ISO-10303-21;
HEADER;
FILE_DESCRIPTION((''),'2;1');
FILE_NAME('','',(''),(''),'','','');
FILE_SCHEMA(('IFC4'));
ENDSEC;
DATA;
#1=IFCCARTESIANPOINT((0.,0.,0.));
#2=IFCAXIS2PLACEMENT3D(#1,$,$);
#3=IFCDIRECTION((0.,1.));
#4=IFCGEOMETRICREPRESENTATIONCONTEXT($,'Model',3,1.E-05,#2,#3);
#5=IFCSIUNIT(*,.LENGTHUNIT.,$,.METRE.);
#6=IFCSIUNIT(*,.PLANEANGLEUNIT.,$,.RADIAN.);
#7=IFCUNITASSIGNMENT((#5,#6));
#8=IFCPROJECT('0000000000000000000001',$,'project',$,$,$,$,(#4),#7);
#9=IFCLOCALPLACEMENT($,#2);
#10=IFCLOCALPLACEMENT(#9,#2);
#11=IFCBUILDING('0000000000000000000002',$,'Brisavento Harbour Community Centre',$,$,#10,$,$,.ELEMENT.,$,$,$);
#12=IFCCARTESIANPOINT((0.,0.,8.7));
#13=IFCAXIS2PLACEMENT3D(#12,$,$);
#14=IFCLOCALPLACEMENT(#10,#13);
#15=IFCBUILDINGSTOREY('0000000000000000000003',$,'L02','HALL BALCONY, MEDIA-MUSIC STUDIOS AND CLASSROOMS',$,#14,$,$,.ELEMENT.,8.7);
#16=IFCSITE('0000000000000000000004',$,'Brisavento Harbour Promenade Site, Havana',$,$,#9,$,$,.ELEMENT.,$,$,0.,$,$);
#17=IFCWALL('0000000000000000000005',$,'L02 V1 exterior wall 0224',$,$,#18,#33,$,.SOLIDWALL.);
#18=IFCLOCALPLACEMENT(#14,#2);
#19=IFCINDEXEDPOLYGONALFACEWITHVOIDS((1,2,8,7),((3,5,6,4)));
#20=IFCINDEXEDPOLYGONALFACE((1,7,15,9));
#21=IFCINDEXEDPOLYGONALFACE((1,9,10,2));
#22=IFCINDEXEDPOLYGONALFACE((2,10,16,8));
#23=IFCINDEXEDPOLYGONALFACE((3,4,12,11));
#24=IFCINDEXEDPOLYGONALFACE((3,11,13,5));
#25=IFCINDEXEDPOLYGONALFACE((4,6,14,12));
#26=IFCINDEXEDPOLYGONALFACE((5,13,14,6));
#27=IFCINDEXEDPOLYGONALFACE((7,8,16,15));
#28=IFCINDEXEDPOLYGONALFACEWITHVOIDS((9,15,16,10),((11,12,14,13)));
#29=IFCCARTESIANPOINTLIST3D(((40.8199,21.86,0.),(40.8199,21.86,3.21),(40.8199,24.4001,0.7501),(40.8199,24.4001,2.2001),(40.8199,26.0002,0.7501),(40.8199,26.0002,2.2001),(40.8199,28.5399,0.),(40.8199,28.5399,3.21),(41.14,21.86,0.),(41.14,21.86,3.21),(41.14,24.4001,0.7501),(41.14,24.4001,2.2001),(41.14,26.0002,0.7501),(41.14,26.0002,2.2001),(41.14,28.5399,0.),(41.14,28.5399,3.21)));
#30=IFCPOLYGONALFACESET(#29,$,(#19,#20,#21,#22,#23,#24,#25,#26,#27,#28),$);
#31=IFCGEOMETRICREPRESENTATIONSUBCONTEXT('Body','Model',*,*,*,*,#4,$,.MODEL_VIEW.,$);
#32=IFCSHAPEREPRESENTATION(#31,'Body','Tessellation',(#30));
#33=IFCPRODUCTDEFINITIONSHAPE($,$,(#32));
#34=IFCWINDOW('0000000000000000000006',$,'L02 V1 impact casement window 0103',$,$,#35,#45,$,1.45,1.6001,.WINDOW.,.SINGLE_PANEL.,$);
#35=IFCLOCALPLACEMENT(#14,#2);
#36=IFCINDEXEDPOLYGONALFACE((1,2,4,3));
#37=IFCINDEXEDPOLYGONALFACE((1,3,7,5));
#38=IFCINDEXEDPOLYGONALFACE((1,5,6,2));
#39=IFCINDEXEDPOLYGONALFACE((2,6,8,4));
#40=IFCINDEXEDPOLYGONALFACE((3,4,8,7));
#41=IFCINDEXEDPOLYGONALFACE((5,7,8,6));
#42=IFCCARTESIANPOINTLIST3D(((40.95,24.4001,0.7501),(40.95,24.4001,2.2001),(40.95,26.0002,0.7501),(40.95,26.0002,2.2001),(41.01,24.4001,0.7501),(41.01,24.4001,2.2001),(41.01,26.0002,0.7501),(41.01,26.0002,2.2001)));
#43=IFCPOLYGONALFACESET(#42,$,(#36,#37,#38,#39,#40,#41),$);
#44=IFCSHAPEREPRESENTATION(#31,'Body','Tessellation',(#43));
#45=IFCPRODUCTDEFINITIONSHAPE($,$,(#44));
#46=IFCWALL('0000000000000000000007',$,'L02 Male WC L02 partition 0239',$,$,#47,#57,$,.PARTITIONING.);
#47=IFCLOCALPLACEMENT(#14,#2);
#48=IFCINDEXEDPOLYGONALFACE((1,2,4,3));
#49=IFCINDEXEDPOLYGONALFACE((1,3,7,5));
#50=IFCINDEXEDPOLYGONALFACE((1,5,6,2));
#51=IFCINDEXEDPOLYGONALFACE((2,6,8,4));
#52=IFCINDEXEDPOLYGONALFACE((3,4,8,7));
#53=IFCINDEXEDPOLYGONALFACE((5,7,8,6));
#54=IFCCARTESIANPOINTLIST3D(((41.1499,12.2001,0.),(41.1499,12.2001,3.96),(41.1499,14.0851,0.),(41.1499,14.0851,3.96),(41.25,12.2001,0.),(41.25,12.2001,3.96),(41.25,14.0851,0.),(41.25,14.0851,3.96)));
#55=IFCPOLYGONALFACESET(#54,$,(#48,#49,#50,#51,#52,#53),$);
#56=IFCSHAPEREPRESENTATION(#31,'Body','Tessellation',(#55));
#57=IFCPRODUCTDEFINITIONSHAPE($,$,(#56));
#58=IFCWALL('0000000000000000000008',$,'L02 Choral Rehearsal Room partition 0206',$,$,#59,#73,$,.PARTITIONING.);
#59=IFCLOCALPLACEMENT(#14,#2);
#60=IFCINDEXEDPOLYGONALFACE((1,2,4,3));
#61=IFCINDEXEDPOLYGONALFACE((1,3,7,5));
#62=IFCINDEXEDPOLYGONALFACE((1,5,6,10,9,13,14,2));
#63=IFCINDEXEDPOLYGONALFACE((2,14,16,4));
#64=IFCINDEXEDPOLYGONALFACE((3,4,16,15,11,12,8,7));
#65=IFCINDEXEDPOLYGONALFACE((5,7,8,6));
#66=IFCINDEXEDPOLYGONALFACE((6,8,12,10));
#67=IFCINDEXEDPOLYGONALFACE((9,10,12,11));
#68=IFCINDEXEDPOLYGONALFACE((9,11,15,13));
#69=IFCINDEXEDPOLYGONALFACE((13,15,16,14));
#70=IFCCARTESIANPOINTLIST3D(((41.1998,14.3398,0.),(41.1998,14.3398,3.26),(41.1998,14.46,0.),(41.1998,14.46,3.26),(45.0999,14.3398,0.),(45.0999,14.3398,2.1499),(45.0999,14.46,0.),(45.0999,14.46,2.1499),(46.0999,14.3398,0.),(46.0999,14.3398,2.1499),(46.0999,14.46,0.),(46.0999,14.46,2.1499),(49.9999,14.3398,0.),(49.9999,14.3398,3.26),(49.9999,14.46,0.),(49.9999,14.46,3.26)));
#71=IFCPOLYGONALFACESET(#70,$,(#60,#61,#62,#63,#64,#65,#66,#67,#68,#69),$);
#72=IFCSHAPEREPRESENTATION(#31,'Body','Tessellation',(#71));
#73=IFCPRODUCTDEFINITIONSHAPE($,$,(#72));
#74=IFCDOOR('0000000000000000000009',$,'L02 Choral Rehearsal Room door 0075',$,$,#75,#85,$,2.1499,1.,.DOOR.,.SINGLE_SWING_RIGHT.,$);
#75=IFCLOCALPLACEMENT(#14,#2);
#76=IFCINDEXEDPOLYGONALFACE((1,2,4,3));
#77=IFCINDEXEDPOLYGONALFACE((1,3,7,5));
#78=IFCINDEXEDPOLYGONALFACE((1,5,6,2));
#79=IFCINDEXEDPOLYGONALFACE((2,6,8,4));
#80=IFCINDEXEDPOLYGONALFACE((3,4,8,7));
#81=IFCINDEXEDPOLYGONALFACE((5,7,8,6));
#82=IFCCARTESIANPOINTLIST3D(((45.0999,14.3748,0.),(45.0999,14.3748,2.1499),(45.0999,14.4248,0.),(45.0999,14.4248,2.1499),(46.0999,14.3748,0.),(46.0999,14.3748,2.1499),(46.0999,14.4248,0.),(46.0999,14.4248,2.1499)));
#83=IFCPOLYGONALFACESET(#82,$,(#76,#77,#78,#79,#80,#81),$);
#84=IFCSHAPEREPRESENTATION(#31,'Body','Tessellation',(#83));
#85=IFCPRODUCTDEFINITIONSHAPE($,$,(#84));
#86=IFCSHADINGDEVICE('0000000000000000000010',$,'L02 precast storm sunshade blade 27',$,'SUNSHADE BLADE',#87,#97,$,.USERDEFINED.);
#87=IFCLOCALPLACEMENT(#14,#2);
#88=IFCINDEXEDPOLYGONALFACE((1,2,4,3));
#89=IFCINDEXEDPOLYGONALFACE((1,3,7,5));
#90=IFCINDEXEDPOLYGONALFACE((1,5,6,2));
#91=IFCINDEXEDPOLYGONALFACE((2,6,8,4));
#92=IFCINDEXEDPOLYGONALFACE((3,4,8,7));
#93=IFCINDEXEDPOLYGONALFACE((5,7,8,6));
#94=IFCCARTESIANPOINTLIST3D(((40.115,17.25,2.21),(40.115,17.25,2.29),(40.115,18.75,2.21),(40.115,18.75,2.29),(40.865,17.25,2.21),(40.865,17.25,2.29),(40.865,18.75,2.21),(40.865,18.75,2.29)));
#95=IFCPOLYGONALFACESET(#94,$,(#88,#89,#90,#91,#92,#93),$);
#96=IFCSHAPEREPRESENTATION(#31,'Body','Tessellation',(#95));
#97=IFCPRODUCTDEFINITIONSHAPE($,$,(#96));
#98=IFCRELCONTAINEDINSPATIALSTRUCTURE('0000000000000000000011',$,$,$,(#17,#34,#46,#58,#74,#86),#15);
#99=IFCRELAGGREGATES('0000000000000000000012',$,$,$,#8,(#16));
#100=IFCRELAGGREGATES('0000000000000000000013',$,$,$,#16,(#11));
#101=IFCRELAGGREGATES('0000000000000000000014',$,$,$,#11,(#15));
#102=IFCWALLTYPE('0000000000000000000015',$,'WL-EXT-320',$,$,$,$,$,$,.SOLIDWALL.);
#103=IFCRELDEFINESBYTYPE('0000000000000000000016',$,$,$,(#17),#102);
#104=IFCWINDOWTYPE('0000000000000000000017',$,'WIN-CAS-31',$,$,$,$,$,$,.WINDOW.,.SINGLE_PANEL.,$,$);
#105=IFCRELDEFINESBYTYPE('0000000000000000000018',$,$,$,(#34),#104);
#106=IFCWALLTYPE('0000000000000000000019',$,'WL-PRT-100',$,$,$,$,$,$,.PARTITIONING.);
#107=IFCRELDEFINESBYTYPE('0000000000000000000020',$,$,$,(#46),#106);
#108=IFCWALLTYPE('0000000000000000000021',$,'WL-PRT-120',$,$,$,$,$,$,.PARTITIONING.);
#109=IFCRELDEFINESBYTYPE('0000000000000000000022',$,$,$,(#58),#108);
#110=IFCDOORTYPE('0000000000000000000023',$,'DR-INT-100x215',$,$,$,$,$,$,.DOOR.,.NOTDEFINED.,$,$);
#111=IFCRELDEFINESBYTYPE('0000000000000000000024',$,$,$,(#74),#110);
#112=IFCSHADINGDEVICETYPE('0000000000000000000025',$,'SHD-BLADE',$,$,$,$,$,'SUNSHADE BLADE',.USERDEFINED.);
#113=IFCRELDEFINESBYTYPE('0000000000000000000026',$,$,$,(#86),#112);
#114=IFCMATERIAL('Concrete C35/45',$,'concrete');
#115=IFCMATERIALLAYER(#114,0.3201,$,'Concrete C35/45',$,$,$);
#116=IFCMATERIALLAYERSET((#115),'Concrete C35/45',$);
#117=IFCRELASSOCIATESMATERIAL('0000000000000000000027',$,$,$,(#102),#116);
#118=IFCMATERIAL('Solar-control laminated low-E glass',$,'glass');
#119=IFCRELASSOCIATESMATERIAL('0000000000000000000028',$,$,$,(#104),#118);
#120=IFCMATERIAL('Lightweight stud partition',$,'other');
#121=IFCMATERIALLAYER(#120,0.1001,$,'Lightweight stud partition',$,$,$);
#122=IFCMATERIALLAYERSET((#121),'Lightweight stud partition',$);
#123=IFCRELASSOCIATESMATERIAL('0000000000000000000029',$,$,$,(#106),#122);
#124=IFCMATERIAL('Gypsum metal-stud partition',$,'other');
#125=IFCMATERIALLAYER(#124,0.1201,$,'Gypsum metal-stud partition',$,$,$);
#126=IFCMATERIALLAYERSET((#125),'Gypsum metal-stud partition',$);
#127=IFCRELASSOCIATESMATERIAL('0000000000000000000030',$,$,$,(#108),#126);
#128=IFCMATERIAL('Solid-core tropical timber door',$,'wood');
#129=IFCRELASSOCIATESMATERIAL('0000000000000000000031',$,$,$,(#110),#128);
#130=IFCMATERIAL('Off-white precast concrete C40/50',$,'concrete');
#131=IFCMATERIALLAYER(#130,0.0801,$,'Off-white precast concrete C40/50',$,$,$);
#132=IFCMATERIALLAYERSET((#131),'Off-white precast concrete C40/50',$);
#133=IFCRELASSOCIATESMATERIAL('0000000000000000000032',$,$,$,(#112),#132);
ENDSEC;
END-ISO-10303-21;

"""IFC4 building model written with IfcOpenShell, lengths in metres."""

from ifc_helpers import new_model, si_unit, direction, frame, frame_2d, origin, origin_2d, place, context, subcontext, project, spatial, rectangle, extrude, material, layer, layer_set, type_object, element, fill, save


model = new_model("IFC4")

# Units and contexts
model_context = context("Model", 3, precision=1e-05, world=origin(), true_north=direction((0.0, 1.0)))
body_context = subcontext(model_context, "Body", "Model", "MODEL_VIEW")
ifc_project = project(units=[si_unit("LENGTHUNIT", "METRE"), si_unit("PLANEANGLEUNIT", "RADIAN")], contexts=[model_context])

# Site, building, storey
site_placement = place(None, origin())
site = spatial("IfcSite", under=ifc_project, at=site_placement, Name="Brisavento Harbour Promenade Site, Havana", CompositionType="ELEMENT", RefElevation=0.0)
building_placement = place(site_placement, origin())
building = spatial("IfcBuilding", under=site, at=building_placement, Name="Brisavento Harbour Community Centre", CompositionType="ELEMENT")
storey_placement = place(building_placement, frame((0.0, 0.0, 8.7)))
storey = spatial("IfcBuildingStorey", under=building, at=storey_placement, Name="L02", Description="HALL BALCONY, MEDIA-MUSIC STUDIOS AND CLASSROOMS", CompositionType="ELEMENT", Elevation=8.7)

# Shared definitions
ifc_material_1 = material(Name="Concrete C35/45", Category="concrete")

# Wall, opening, window
ifc_material_2 = material(Name="Solar-control laminated low-E glass", Category="glass")
ifc_layer_1 = layer(ifc_material_1, 0.3201, Name="Concrete C35/45")
ifc_layer_set_1 = layer_set([ifc_layer_1], Name="Concrete C35/45")
wall_type_1 = type_object("IfcWallType", Name="WL-EXT-320", PredefinedType="SOLIDWALL", material=ifc_layer_set_1)
wall_1_placement = place(storey_placement, frame((40.98, 21.8601, 0.0), z_axis=(0.0, 0.0, 1.0), x_axis=(0.0, 1.0, 0.0)))
wall_1 = element("IfcWall", 1, at=wall_1_placement, inside=storey, type_object=wall_type_1, Name="L02 V1 exterior wall 0224", PredefinedType="SOLIDWALL", context=body_context, shape_type="SweptSolid", body=[
    extrude(rectangle(XDim=6.6799, YDim=0.3201, at=frame_2d((3.3398, 0.0))), origin(), (0.0, 0.0, 1.0), 3.21),
])
opening_1_placement = place(wall_1_placement, frame((2.54, 0.0, 0.75)))
opening_1 = element("IfcOpeningElement", 2, at=opening_1_placement, cuts=wall_1, PredefinedType="OPENING", context=body_context, shape_type="SweptSolid", body=[
    extrude(rectangle(XDim=1.6001, YDim=1.45, at=frame_2d((0.8, 0.7251))), frame((0.0, 0.1699, 0.0), z_axis=(0.0, -1.0, 0.0), x_axis=(1.0, 0.0, 0.0)), (0.0, 0.0, 1.0), 0.3401),
])
window_type_1 = type_object("IfcWindowType", Name="WIN-CAS-31", PartitioningType="SINGLE_PANEL", PredefinedType="WINDOW", material=ifc_material_2)
window_1_placement = place(opening_1_placement, origin())
window_1 = element("IfcWindow", 3, at=window_1_placement, inside=storey, type_object=window_type_1, Name="L02 V1 impact casement window 0103", OverallHeight=1.45, OverallWidth=1.6001, PartitioningType="SINGLE_PANEL", PredefinedType="WINDOW", context=body_context, shape_type="SweptSolid", body=[
    extrude(rectangle(XDim=1.6001, YDim=1.45, at=frame_2d((0.8, 0.7251))), frame((0.0, 0.03, 0.0), z_axis=(0.0, -1.0, 0.0), x_axis=(1.0, 0.0, 0.0)), (0.0, 0.0, 1.0), 0.0601),
])
fill(opening_1, window_1)

# Wall
ifc_material_3 = material(Name="Lightweight stud partition", Category="other")
ifc_layer_2 = layer(ifc_material_3, 0.1001, Name="Lightweight stud partition")
ifc_layer_set_2 = layer_set([ifc_layer_2], Name="Lightweight stud partition")
wall_type_2 = type_object("IfcWallType", Name="WL-PRT-100", PredefinedType="PARTITIONING", material=ifc_layer_set_2)
wall_2_placement = place(storey_placement, frame((41.2, 14.085, 0.0), z_axis=(0.0, 0.0, 1.0), x_axis=(0.0, -1.0, 0.0)))
element("IfcWall", 4, at=wall_2_placement, inside=storey, type_object=wall_type_2, Name="L02 Male WC L02 partition 0239", PredefinedType="PARTITIONING", context=body_context, shape_type="SweptSolid", body=[
    extrude(rectangle(XDim=1.885, YDim=0.1001, at=frame_2d((0.9424, 0.0))), origin(), (0.0, 0.0, 1.0), 3.96),
])

# Wall, opening, door
ifc_material_4 = material(Name="Gypsum metal-stud partition", Category="other")
ifc_layer_3 = layer(ifc_material_4, 0.1201, Name="Gypsum metal-stud partition")
ifc_layer_set_3 = layer_set([ifc_layer_3], Name="Gypsum metal-stud partition")
wall_type_3 = type_object("IfcWallType", Name="WL-PRT-120", PredefinedType="PARTITIONING", material=ifc_layer_set_3)
wall_3_placement = place(storey_placement, frame((41.2, 14.3999, 0.0), z_axis=(0.0, 0.0, 1.0), x_axis=(1.0, 0.0, 0.0)))
wall_3 = element("IfcWall", 5, at=wall_3_placement, inside=storey, type_object=wall_type_3, Name="L02 Choral Rehearsal Room partition 0206", PredefinedType="PARTITIONING", context=body_context, shape_type="SweptSolid", body=[
    extrude(rectangle(XDim=8.8, YDim=0.1201, at=frame_2d((4.3999, 0.0))), origin(), (0.0, 0.0, 1.0), 3.26),
])
opening_2_placement = place(wall_3_placement, frame((3.8999, 0.0, 0.0)))
opening_2 = element("IfcOpeningElement", 6, at=opening_2_placement, cuts=wall_3, PredefinedType="OPENING", context=body_context, shape_type="SweptSolid", body=[
    extrude(rectangle(XDim=1.0, YDim=2.1499, at=frame_2d((0.5, 1.075))), frame((0.0, 0.0701, 0.0), z_axis=(0.0, -1.0, 0.0), x_axis=(1.0, 0.0, 0.0)), (0.0, 0.0, 1.0), 0.1401),
])
ifc_material_5 = material(Name="Solid-core tropical timber door", Category="wood")
door_type = type_object("IfcDoorType", Name="DR-INT-100x215", OperationType="NOTDEFINED", PredefinedType="DOOR", material=ifc_material_5)
door_placement = place(opening_2_placement, origin())
door = element("IfcDoor", 7, at=door_placement, inside=storey, type_object=door_type, Name="L02 Choral Rehearsal Room door 0075", OperationType="SINGLE_SWING_RIGHT", OverallHeight=2.1499, OverallWidth=1.0, PredefinedType="DOOR", context=body_context, shape_type="SweptSolid", body=[
    extrude(rectangle(XDim=1.0, YDim=2.1499, at=frame_2d((0.5, 1.075))), frame((0.0, 0.0249, 0.0), z_axis=(0.0, -1.0, 0.0), x_axis=(1.0, 0.0, 0.0)), (0.0, 0.0, 1.0), 0.05),
])
fill(opening_2, door)

# Shading device
ifc_material_6 = material(Name="Off-white precast concrete C40/50", Category="concrete")
ifc_layer_4 = layer(ifc_material_6, 0.0801, Name="Off-white precast concrete C40/50")
ifc_layer_set_4 = layer_set([ifc_layer_4], Name="Off-white precast concrete C40/50")
shading_device_type = type_object("IfcShadingDeviceType", Name="SHD-BLADE", ElementType="SUNSHADE BLADE", PredefinedType="USERDEFINED", material=ifc_layer_set_4)
shading_device_placement = place(storey_placement, frame((40.49, 18.0, 2.21), z_axis=(0.0, 0.0, 1.0), x_axis=(0.0, 1.0, 0.0)))
element("IfcShadingDevice", 8, at=shading_device_placement, inside=storey, type_object=shading_device_type, Name="L02 precast storm sunshade blade 27", ObjectType="SUNSHADE BLADE", PredefinedType="USERDEFINED", context=body_context, shape_type="SweptSolid", body=[
    extrude(rectangle(XDim=1.5, YDim=0.75, at=origin_2d()), origin(), (0.0, 0.0, 1.0), 0.0801),
])

save(model, "model.ifc")
